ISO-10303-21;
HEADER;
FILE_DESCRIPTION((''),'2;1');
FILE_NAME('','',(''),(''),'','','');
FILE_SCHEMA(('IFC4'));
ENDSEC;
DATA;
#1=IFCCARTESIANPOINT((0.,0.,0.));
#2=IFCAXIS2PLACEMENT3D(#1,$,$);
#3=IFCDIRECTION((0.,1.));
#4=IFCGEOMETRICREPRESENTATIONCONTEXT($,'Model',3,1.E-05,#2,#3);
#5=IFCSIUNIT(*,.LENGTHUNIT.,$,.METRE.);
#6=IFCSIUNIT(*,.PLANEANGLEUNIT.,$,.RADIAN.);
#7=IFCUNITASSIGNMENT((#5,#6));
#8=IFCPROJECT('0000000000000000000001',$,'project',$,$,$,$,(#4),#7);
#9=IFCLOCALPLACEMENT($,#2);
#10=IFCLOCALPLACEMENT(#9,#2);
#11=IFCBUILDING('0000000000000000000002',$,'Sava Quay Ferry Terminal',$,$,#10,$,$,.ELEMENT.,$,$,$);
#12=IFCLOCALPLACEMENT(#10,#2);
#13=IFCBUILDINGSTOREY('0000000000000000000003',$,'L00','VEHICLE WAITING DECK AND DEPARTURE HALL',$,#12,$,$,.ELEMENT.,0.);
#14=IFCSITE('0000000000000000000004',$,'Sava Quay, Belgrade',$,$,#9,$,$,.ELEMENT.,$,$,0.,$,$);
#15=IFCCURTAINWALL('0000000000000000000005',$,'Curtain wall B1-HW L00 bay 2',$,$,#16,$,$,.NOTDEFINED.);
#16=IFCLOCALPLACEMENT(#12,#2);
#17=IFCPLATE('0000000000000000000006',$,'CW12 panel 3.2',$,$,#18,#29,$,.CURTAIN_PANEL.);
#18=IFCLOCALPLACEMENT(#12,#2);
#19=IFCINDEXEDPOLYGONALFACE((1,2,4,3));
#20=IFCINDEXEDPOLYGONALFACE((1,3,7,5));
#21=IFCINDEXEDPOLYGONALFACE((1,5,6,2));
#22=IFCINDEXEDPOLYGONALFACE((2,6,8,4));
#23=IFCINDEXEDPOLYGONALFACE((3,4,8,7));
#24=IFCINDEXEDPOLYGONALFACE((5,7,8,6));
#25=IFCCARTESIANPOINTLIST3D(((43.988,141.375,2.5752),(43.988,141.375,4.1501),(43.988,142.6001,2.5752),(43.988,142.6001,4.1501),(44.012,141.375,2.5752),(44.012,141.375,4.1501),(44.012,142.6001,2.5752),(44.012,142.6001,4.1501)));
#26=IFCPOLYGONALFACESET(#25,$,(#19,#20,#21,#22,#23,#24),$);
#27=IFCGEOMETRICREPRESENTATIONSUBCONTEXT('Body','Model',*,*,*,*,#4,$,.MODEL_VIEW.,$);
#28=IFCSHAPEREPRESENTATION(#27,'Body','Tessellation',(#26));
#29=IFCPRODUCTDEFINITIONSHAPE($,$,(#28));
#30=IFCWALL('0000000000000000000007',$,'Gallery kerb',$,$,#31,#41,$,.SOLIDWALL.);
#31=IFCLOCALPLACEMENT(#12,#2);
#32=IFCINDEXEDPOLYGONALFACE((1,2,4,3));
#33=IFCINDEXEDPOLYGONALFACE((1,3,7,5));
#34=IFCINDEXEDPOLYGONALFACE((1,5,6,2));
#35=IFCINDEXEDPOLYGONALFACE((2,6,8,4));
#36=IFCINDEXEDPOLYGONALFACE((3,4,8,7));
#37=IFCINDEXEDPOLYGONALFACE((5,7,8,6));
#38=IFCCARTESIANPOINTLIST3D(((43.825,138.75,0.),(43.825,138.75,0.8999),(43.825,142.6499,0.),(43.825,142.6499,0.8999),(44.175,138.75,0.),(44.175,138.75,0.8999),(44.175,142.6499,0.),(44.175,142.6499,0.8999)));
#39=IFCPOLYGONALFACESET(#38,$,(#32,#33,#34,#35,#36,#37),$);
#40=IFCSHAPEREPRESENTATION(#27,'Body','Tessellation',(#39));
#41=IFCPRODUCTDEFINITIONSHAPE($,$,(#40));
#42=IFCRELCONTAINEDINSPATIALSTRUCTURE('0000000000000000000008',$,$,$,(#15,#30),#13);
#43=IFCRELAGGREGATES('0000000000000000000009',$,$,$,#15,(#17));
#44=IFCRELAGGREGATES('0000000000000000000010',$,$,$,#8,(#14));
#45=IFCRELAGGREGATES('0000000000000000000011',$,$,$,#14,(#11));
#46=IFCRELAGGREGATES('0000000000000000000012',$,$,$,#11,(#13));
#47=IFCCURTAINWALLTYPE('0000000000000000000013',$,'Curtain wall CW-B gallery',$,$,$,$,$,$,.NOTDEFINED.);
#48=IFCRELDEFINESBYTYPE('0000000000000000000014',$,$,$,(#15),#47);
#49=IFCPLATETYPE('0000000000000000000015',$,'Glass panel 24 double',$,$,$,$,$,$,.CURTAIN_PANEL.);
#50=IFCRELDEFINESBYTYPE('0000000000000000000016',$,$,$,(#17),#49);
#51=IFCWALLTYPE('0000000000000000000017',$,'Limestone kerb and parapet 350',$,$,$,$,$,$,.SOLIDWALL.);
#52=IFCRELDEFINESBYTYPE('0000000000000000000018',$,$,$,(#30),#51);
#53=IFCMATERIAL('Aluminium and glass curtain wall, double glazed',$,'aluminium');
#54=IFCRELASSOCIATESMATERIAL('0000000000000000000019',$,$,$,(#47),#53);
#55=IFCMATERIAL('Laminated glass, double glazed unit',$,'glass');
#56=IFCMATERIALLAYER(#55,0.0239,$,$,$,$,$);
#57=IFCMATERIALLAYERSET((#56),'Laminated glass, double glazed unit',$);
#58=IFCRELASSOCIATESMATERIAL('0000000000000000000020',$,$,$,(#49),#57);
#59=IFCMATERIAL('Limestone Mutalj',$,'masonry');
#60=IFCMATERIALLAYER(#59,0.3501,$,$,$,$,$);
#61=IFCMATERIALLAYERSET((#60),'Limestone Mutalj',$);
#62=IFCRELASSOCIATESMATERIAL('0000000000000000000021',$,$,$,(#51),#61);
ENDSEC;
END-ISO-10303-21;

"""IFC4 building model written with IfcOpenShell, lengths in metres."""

from ifc_helpers import new_model, si_unit, direction, frame, frame_2d, origin, origin_2d, place, context, subcontext, project, spatial, rectangle, extrude, material, layer, layer_set, type_object, element, aggregate, save


model = new_model("IFC4")

# Units and contexts
model_context = context("Model", 3, precision=1e-05, world=origin(), true_north=direction((0.0, 1.0)))
body_context = subcontext(model_context, "Body", "Model", "MODEL_VIEW")
ifc_project = project(units=[si_unit("LENGTHUNIT", "METRE"), si_unit("PLANEANGLEUNIT", "RADIAN")], contexts=[model_context])

# Site, building, storey
site_placement = place(None, origin())
site = spatial("IfcSite", under=ifc_project, at=site_placement, Name="Sava Quay, Belgrade", CompositionType="ELEMENT", RefElevation=0.0)
building_placement = place(site_placement, origin())
building = spatial("IfcBuilding", under=site, at=building_placement, Name="Sava Quay Ferry Terminal", CompositionType="ELEMENT")
storey_placement = place(building_placement, origin())
storey = spatial("IfcBuildingStorey", under=building, at=storey_placement, Name="L00", Description="VEHICLE WAITING DECK AND DEPARTURE HALL", CompositionType="ELEMENT", Elevation=0.0)

# Curtain wall
ifc_material_1 = material(Name="Aluminium and glass curtain wall, double glazed", Category="aluminium")
curtain_wall_type = type_object("IfcCurtainWallType", Name="Curtain wall CW-B gallery", PredefinedType="NOTDEFINED", material=ifc_material_1)
curtain_wall_1_placement = place(storey_placement, origin())
curtain_wall_1 = element("IfcCurtainWall", 1, at=curtain_wall_1_placement, inside=storey, type_object=curtain_wall_type, Name="Curtain wall B1-HW L00 bay 2", PredefinedType="NOTDEFINED")

# Plate
ifc_material_2 = material(Name="Laminated glass, double glazed unit", Category="glass")
ifc_layer_1 = layer(ifc_material_2, 0.0239)
ifc_layer_set_1 = layer_set([ifc_layer_1], Name="Laminated glass, double glazed unit")
plate_type = type_object("IfcPlateType", Name="Glass panel 24 double", PredefinedType="CURTAIN_PANEL", material=ifc_layer_set_1)
plate_1_placement = place(storey_placement, frame((44.0, 141.9875, 2.5752), z_axis=(0.0, 0.0, 1.0), x_axis=(0.0, 1.0, 0.0)))
plate_1 = element("IfcPlate", 2, at=plate_1_placement, type_object=plate_type, Name="CW12 panel 3.2", PredefinedType="CURTAIN_PANEL", context=body_context, shape_type="SweptSolid", body=[
    extrude(rectangle(XDim=1.2251, YDim=0.0239, at=origin_2d()), origin(), (0.0, 0.0, 1.0), 1.575),
])
aggregate(curtain_wall_1, [plate_1])

# Wall
ifc_material_3 = material(Name="Limestone Mutalj", Category="masonry")
ifc_layer_2 = layer(ifc_material_3, 0.3501)
ifc_layer_set_2 = layer_set([ifc_layer_2], Name="Limestone Mutalj")
wall_type = type_object("IfcWallType", Name="Limestone kerb and parapet 350", PredefinedType="SOLIDWALL", material=ifc_layer_set_2)
wall_placement = place(storey_placement, frame((44.0, 138.75, 0.0), z_axis=(0.0, 0.0, 1.0), x_axis=(0.0, 1.0, 0.0)))
element("IfcWall", 3, at=wall_placement, inside=storey, type_object=wall_type, Name="Gallery kerb", PredefinedType="SOLIDWALL", context=body_context, shape_type="SweptSolid", body=[
    extrude(rectangle(XDim=3.8999, YDim=0.3501, at=frame_2d((1.95, 0.0))), origin(), (0.0, 0.0, 1.0), 0.8999),
])

save(model, "model.ifc")
